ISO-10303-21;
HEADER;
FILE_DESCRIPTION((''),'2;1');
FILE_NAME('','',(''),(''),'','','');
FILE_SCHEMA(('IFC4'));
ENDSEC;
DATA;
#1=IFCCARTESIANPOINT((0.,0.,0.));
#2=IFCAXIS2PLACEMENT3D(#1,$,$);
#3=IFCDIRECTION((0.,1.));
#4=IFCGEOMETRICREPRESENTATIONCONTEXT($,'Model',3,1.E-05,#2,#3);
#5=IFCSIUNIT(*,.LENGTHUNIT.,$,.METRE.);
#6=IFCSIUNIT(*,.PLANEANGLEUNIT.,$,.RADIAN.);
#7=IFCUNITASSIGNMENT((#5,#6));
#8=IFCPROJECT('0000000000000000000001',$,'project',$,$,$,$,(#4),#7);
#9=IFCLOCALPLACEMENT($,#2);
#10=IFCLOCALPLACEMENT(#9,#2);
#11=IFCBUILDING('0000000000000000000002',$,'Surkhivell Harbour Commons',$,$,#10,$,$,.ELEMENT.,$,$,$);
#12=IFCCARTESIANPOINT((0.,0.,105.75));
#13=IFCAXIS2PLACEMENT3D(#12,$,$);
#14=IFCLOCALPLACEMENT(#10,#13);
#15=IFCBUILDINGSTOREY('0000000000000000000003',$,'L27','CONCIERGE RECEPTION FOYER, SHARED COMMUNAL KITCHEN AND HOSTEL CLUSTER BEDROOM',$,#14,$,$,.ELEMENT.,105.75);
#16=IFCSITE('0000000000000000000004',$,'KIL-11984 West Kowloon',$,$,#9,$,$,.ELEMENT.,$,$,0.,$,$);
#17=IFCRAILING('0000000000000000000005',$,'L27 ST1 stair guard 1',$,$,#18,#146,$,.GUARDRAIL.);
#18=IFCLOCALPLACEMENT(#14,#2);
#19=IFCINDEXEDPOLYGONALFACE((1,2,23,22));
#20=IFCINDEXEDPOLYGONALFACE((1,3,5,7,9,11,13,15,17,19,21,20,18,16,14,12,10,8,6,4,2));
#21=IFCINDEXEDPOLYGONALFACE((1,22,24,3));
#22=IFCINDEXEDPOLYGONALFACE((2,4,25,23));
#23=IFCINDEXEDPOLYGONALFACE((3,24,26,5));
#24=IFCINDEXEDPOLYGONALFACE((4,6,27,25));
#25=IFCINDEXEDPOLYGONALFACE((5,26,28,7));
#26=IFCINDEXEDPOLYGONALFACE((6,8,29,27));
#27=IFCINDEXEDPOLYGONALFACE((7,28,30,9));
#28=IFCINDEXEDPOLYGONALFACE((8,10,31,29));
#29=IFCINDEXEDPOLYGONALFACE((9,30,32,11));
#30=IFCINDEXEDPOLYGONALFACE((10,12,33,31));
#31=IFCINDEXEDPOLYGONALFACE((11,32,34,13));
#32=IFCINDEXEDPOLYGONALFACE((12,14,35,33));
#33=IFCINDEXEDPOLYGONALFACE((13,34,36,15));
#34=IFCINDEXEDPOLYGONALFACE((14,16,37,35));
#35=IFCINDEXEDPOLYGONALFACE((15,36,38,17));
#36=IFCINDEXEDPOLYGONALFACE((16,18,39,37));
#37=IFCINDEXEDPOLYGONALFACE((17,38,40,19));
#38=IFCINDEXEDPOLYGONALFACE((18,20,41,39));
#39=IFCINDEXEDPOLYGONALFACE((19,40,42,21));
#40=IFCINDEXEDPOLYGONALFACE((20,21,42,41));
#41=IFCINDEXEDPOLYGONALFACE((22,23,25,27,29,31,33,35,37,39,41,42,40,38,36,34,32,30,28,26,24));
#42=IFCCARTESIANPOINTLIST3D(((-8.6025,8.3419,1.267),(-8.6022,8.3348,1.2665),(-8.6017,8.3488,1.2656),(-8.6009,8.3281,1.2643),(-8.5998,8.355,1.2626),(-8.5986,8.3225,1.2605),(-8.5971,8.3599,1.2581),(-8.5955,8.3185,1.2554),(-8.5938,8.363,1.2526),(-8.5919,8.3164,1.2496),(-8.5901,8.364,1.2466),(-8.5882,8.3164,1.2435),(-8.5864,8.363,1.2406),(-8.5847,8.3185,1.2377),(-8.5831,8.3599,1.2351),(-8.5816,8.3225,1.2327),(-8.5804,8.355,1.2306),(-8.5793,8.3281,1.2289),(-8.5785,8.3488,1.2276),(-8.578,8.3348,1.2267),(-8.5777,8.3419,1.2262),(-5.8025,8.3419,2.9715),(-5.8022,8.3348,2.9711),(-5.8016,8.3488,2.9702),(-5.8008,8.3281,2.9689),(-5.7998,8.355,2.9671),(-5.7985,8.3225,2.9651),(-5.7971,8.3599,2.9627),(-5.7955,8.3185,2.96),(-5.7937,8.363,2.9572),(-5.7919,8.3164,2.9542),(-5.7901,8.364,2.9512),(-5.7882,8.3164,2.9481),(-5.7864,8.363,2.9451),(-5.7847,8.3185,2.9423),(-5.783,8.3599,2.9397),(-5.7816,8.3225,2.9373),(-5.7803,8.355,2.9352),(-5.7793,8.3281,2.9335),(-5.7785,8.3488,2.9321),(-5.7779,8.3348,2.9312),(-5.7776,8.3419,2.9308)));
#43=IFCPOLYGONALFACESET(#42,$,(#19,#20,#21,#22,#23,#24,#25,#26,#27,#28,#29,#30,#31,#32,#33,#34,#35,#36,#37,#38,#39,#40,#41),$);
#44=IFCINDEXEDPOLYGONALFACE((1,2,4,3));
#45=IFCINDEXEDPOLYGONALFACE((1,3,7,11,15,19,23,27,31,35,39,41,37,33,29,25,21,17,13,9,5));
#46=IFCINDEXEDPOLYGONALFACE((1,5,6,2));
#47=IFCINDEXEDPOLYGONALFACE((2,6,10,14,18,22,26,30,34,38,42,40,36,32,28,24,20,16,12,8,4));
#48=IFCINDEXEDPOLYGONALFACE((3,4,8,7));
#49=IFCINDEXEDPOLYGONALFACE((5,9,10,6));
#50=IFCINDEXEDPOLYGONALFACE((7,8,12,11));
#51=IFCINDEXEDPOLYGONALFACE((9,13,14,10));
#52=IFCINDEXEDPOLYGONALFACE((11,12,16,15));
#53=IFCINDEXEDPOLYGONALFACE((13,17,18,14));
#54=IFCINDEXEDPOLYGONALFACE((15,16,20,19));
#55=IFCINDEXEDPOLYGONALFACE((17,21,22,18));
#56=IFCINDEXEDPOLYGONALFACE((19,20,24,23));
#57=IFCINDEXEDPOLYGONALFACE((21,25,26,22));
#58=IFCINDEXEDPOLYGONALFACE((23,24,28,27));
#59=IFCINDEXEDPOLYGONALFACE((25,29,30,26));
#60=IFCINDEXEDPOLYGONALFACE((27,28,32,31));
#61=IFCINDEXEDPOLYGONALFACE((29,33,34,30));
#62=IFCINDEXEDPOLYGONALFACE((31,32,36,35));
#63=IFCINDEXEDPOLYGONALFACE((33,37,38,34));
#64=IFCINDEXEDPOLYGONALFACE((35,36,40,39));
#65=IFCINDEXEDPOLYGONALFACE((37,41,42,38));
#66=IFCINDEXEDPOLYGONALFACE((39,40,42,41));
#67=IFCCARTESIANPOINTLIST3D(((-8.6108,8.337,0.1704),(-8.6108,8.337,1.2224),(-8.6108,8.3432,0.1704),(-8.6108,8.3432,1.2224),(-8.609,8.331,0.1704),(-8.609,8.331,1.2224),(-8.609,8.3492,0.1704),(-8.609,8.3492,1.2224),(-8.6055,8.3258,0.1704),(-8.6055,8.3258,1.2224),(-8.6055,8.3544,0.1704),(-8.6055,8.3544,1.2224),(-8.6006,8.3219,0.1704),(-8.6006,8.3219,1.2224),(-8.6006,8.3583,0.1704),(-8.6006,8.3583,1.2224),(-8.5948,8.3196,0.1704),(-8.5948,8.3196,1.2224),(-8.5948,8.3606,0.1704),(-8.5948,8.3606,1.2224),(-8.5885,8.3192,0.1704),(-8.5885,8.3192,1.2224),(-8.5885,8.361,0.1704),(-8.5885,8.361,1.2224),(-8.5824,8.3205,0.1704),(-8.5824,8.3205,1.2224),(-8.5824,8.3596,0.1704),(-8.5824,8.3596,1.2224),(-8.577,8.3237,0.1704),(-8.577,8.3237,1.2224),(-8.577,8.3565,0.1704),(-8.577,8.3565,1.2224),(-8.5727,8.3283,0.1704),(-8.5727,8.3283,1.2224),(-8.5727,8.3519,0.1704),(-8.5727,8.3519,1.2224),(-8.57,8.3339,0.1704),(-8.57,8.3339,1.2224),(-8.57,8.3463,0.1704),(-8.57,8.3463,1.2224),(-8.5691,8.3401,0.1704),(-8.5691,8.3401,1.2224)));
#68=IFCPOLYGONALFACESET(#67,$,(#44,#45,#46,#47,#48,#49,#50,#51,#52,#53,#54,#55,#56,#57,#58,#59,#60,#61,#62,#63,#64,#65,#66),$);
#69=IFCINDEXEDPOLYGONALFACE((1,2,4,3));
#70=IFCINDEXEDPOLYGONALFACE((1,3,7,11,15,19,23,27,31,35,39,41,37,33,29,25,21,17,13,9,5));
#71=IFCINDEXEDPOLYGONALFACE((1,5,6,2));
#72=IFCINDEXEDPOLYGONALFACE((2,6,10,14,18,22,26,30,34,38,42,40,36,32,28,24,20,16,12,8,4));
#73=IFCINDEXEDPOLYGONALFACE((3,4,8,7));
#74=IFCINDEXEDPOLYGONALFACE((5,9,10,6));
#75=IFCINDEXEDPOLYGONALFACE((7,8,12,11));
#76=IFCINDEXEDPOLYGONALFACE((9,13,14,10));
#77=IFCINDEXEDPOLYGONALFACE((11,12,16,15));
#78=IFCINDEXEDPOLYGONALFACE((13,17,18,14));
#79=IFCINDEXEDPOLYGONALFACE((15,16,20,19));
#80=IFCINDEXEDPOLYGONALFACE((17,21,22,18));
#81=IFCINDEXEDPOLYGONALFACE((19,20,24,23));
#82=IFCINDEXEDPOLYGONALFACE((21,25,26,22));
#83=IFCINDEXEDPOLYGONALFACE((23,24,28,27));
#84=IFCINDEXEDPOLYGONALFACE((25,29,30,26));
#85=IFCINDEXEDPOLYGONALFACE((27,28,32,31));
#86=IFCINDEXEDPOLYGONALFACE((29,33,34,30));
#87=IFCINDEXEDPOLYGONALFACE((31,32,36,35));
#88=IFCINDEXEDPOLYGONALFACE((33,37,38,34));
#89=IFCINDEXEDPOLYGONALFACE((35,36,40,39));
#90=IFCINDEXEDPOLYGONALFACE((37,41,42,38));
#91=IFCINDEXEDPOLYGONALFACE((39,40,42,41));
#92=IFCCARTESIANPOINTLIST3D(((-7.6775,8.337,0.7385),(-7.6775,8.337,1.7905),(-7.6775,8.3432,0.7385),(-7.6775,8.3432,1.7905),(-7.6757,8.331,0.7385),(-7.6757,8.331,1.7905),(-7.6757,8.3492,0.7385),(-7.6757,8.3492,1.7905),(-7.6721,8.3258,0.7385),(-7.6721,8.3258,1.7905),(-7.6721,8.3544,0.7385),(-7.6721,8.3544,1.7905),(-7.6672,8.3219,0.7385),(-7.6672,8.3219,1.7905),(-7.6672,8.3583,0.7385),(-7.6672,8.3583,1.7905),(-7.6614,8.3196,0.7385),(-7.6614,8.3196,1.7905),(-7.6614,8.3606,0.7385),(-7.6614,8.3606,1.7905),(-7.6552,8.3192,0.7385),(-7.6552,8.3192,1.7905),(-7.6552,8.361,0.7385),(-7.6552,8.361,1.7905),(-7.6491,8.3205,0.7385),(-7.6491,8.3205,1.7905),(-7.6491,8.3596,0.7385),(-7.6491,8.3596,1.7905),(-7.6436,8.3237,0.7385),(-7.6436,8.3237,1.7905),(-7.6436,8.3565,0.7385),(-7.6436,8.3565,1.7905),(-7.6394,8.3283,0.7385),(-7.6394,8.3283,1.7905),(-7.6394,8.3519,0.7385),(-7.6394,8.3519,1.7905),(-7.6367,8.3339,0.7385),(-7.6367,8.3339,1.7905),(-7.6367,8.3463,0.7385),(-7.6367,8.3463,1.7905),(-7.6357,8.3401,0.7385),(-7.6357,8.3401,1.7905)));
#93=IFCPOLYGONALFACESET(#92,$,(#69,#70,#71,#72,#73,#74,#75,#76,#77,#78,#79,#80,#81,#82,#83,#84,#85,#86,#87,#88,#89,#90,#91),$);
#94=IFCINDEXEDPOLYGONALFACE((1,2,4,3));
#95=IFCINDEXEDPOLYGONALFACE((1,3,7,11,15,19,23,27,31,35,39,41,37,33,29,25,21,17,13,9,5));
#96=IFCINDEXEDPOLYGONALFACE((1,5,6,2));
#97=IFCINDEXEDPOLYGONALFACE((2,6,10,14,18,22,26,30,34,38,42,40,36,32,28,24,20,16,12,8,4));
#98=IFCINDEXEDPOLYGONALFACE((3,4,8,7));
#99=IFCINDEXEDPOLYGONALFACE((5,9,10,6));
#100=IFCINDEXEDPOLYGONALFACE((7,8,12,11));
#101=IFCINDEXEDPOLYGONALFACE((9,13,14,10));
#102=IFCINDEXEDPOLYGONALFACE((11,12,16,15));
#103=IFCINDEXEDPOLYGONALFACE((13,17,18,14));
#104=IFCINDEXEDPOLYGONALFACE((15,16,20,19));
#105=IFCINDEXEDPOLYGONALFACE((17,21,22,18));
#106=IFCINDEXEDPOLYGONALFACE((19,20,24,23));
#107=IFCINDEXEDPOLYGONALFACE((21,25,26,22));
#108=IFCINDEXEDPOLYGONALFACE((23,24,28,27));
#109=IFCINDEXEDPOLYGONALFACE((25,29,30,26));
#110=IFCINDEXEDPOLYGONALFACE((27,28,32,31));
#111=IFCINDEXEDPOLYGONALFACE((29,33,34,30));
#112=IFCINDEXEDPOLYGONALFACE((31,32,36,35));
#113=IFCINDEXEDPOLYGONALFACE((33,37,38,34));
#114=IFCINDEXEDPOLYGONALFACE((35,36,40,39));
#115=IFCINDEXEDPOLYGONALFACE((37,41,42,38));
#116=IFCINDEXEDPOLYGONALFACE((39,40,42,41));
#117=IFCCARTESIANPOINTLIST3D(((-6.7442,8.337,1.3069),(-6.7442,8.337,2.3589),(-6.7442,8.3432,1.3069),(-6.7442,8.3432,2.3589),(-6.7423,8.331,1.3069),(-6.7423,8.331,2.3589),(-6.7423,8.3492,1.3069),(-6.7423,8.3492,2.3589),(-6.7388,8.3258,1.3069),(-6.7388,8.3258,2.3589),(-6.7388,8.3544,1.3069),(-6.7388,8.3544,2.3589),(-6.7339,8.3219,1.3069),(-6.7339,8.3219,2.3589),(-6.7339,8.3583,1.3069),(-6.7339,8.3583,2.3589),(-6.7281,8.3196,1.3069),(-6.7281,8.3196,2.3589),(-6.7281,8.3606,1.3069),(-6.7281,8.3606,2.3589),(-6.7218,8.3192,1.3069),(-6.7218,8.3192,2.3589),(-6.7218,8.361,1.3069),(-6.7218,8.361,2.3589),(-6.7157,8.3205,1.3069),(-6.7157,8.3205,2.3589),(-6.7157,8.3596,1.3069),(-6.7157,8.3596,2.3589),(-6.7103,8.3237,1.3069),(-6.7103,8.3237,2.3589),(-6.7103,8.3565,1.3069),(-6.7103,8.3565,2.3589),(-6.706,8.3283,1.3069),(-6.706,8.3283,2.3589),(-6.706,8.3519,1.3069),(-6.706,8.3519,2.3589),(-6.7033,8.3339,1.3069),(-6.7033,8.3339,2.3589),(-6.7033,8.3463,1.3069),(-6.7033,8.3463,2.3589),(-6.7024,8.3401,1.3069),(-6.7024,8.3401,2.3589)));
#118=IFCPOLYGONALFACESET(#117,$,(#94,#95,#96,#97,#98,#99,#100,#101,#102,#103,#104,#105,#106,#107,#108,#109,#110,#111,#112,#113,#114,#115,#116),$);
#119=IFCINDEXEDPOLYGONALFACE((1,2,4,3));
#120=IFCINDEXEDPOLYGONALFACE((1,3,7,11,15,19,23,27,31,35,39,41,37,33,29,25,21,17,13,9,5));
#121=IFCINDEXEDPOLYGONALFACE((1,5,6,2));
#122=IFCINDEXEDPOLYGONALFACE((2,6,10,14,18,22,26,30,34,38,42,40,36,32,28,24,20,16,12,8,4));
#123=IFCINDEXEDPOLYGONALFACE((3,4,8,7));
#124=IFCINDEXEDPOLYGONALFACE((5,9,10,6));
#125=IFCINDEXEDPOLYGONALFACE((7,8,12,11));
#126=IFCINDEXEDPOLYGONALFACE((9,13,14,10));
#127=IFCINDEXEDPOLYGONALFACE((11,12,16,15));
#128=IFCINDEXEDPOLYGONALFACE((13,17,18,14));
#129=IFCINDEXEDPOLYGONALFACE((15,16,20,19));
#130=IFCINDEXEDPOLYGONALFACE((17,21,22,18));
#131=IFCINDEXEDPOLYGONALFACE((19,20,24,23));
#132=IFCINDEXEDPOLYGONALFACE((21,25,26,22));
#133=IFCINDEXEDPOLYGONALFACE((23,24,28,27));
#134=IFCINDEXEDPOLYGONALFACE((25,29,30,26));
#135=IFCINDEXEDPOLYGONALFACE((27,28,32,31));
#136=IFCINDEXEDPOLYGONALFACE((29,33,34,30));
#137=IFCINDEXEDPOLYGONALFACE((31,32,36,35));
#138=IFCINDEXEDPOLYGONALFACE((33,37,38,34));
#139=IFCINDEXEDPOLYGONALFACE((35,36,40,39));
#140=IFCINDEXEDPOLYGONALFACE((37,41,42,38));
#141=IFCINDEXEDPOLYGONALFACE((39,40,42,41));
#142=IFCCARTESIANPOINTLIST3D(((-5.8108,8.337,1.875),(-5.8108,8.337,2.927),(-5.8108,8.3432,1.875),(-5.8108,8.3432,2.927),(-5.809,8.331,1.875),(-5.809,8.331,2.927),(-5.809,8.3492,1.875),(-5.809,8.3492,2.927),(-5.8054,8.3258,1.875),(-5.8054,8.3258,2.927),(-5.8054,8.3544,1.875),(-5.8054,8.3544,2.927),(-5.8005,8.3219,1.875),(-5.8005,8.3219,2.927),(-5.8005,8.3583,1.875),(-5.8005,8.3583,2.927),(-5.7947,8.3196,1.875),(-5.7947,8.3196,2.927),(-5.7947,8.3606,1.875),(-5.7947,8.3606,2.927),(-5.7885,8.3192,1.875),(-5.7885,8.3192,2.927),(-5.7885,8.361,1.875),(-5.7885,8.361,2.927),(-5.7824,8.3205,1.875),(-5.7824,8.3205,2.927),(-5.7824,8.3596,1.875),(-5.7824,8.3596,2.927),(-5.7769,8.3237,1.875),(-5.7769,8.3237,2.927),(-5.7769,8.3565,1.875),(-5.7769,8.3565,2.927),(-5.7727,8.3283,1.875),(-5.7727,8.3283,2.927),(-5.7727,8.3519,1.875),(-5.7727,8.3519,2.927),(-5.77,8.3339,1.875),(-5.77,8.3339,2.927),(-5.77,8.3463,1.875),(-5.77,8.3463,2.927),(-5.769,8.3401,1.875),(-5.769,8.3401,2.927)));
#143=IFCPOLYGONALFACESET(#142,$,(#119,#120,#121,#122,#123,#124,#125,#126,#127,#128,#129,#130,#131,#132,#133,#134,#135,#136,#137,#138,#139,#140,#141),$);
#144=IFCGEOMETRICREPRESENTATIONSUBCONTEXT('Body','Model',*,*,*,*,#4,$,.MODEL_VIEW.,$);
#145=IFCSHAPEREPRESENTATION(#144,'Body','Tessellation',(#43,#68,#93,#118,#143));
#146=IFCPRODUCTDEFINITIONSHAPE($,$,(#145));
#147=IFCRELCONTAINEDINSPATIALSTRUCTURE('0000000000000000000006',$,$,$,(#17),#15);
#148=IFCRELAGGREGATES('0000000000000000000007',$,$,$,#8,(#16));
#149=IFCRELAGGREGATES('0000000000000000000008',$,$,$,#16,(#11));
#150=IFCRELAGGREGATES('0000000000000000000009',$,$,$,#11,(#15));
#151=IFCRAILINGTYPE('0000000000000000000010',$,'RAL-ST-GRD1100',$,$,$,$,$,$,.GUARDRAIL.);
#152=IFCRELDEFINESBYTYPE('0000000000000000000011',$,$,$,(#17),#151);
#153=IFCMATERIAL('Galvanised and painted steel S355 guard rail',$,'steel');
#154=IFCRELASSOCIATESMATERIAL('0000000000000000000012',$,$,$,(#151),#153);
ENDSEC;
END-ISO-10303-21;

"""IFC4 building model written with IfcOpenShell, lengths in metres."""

from ifc_helpers import new_model, si_unit, direction, frame, origin, origin_2d, place, context, subcontext, project, spatial, circle, extrude, material, type_object, element, save


model = new_model("IFC4")

# Units and contexts
model_context = context("Model", 3, precision=1e-05, world=origin(), true_north=direction((0.0, 1.0)))
body_context = subcontext(model_context, "Body", "Model", "MODEL_VIEW")
ifc_project = project(units=[si_unit("LENGTHUNIT", "METRE"), si_unit("PLANEANGLEUNIT", "RADIAN")], contexts=[model_context])

# Site, building, storey
site_placement = place(None, origin())
site = spatial("IfcSite", under=ifc_project, at=site_placement, Name="KIL-11984 West Kowloon", CompositionType="ELEMENT", RefElevation=0.0)
building_placement = place(site_placement, origin())
building = spatial("IfcBuilding", under=site, at=building_placement, Name="Surkhivell Harbour Commons", CompositionType="ELEMENT")
storey_placement = place(building_placement, frame((0.0, 0.0, 105.75)))
storey = spatial("IfcBuildingStorey", under=building, at=storey_placement, Name="L27", Description="CONCIERGE RECEPTION FOYER, SHARED COMMUNAL KITCHEN AND HOSTEL CLUSTER BEDROOM", CompositionType="ELEMENT", Elevation=105.75)

# Railing
ifc_material_1 = material(Name="Galvanised and painted steel S355 guard rail", Category="steel")
railing_type_1 = type_object("IfcRailingType", Name="RAL-ST-GRD1100", PredefinedType="GUARDRAIL", material=ifc_material_1)
railing_1_placement = place(storey_placement, frame((-8.5901, 8.3401, 0.1704)))
element("IfcRailing", 1, at=railing_1_placement, inside=storey, type_object=railing_type_1, Name="L27 ST1 stair guard 1", PredefinedType="GUARDRAIL", context=body_context, shape_type="SweptSolid", body=[
    extrude(circle(Radius=0.0239, at=origin_2d()), frame((0.0, 0.0, 1.0762), z_axis=(0.85417, 0.0, 0.519994), x_axis=(0.0, 1.0, 0.0)), (0.0, 0.0, 1.0), 3.2781),
    extrude(circle(Radius=0.021, at=origin_2d()), origin(), (0.0, 0.0, 1.0), 1.052),
    extrude(circle(Radius=0.021, at=origin_2d()), frame((0.9333, 0.0, 0.5681)), (0.0, 0.0, 1.0), 1.052),
    extrude(circle(Radius=0.021, at=origin_2d()), frame((1.8667, 0.0, 1.1365)), (0.0, 0.0, 1.0), 1.052),
    extrude(circle(Radius=0.021, at=origin_2d()), frame((2.8, 0.0, 1.7046)), (0.0, 0.0, 1.0), 1.052),
])

save(model, "model.ifc")
